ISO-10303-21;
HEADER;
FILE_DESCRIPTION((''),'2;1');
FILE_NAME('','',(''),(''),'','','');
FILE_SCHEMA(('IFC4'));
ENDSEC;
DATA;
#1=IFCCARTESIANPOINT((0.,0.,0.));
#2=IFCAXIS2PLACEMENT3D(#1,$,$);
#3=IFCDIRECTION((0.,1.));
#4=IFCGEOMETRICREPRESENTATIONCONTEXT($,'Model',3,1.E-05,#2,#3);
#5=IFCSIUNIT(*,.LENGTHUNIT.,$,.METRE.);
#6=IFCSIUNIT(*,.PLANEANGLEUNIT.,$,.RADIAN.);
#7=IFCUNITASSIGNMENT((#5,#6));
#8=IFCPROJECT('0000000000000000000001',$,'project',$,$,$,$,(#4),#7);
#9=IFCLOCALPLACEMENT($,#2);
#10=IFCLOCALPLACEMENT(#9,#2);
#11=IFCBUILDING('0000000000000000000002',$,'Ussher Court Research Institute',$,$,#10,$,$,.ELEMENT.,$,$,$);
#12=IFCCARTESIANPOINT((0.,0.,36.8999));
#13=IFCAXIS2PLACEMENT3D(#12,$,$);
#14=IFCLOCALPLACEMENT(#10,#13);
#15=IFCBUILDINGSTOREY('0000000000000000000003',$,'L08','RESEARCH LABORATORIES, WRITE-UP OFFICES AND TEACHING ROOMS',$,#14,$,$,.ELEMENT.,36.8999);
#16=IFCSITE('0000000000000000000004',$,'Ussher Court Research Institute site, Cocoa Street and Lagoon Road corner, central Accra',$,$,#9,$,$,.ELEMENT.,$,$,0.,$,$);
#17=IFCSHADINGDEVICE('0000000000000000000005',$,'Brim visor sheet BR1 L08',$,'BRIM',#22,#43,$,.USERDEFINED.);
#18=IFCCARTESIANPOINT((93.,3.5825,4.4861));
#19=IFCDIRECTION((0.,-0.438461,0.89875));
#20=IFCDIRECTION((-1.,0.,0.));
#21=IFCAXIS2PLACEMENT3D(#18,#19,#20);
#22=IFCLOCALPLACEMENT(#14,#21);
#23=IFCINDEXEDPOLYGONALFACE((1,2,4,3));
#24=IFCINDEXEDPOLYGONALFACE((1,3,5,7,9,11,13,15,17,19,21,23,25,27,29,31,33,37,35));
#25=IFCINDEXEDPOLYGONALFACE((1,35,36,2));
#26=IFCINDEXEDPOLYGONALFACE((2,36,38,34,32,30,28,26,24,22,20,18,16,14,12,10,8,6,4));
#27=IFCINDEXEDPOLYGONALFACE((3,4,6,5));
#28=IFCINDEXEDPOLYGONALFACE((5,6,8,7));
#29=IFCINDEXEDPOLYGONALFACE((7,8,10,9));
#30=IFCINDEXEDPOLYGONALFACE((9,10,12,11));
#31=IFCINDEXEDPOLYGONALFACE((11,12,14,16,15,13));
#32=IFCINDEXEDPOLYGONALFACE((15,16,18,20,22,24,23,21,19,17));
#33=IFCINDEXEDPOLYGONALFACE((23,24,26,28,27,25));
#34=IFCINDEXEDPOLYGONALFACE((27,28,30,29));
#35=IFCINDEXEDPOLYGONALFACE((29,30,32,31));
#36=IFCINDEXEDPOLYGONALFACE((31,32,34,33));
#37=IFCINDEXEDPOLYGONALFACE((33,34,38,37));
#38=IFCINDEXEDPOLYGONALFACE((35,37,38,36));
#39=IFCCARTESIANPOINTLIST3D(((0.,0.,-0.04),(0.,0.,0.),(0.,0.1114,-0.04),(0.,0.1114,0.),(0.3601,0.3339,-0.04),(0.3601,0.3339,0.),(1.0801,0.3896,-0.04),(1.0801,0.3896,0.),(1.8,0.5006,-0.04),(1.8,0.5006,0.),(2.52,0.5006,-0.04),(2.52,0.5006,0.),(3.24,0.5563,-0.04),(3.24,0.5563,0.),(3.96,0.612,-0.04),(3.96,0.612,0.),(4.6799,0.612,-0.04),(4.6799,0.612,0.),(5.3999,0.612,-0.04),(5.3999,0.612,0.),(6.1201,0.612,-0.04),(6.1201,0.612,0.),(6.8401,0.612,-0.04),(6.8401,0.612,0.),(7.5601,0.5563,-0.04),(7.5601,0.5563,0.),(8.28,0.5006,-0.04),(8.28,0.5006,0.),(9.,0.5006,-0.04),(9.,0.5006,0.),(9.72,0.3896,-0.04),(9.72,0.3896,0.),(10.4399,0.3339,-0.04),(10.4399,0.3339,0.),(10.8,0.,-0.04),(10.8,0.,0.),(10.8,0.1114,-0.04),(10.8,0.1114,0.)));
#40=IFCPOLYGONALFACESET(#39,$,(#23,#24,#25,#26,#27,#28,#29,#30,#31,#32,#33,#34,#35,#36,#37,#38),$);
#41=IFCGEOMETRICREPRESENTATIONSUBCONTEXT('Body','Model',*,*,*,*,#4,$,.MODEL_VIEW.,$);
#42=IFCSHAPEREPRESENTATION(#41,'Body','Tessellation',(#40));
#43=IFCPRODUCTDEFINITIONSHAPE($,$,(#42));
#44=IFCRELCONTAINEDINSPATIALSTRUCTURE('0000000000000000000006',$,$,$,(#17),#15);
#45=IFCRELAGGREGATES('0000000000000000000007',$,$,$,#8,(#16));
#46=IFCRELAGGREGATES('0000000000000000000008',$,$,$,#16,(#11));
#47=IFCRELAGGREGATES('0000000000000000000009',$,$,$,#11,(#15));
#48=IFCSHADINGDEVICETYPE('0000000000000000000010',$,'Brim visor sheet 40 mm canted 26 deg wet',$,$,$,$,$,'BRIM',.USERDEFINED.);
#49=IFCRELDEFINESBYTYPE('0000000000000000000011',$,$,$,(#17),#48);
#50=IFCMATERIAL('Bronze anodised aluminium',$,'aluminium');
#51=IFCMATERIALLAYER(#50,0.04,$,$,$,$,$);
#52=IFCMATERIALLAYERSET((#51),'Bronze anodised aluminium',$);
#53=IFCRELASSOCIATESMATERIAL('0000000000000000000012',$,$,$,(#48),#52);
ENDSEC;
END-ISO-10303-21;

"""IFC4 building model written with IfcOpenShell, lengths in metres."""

from ifc_helpers import new_model, si_unit, direction, frame, origin, place, context, subcontext, project, spatial, polyline, outline, extrude, material, layer, layer_set, type_object, element, save


model = new_model("IFC4")

# Units and contexts
model_context = context("Model", 3, precision=1e-05, world=origin(), true_north=direction((0.0, 1.0)))
body_context = subcontext(model_context, "Body", "Model", "MODEL_VIEW")
ifc_project = project(units=[si_unit("LENGTHUNIT", "METRE"), si_unit("PLANEANGLEUNIT", "RADIAN")], contexts=[model_context])

# Site, building, storey
site_placement = place(None, origin())
site = spatial("IfcSite", under=ifc_project, at=site_placement, Name="Ussher Court Research Institute site, Cocoa Street and Lagoon Road corner, central Accra", CompositionType="ELEMENT", RefElevation=0.0)
building_placement = place(site_placement, origin())
building = spatial("IfcBuilding", under=site, at=building_placement, Name="Ussher Court Research Institute", CompositionType="ELEMENT")
storey_placement = place(building_placement, frame((0.0, 0.0, 36.8999)))
storey = spatial("IfcBuildingStorey", under=building, at=storey_placement, Name="L08", Description="RESEARCH LABORATORIES, WRITE-UP OFFICES AND TEACHING ROOMS", CompositionType="ELEMENT", Elevation=36.8999)

# Shading device
ifc_material_1 = material(Name="Bronze anodised aluminium", Category="aluminium")
ifc_layer_1 = layer(ifc_material_1, 0.04)
ifc_layer_set_1 = layer_set([ifc_layer_1], Name="Bronze anodised aluminium")
shading_device_type_1 = type_object("IfcShadingDeviceType", Name="Brim visor sheet 40 mm canted 26 deg wet", ElementType="BRIM", PredefinedType="USERDEFINED", material=ifc_layer_set_1)
shading_device_1_placement = place(storey_placement, frame((93.0, 3.5825, 4.4861), z_axis=(0.0, -0.438461, 0.89875), x_axis=(-1.0, 0.0, 0.0)))
element("IfcShadingDevice", 1, at=shading_device_1_placement, inside=storey, type_object=shading_device_type_1, Name="Brim visor sheet BR1 L08", ObjectType="BRIM", PredefinedType="USERDEFINED", context=body_context, shape_type="SweptSolid", body=[
    extrude(outline(polyline([(0.0, 0.0), (10.8, 0.0), (10.8, 0.1114), (10.4399, 0.3339), (9.72, 0.3896), (9.0, 0.5006), (8.28, 0.5006), (7.5601, 0.5563), (6.8401, 0.612), (6.1201, 0.612), (5.3999, 0.612), (4.6799, 0.612), (3.96, 0.612), (3.24, 0.5563), (2.52, 0.5006), (1.8, 0.5006), (1.0801, 0.3896), (0.3601, 0.3339), (0.0, 0.1114), (0.0, 0.0)])), origin(), (0.0, 0.0, -1.0), 0.04),
])

save(model, "model.ifc")
